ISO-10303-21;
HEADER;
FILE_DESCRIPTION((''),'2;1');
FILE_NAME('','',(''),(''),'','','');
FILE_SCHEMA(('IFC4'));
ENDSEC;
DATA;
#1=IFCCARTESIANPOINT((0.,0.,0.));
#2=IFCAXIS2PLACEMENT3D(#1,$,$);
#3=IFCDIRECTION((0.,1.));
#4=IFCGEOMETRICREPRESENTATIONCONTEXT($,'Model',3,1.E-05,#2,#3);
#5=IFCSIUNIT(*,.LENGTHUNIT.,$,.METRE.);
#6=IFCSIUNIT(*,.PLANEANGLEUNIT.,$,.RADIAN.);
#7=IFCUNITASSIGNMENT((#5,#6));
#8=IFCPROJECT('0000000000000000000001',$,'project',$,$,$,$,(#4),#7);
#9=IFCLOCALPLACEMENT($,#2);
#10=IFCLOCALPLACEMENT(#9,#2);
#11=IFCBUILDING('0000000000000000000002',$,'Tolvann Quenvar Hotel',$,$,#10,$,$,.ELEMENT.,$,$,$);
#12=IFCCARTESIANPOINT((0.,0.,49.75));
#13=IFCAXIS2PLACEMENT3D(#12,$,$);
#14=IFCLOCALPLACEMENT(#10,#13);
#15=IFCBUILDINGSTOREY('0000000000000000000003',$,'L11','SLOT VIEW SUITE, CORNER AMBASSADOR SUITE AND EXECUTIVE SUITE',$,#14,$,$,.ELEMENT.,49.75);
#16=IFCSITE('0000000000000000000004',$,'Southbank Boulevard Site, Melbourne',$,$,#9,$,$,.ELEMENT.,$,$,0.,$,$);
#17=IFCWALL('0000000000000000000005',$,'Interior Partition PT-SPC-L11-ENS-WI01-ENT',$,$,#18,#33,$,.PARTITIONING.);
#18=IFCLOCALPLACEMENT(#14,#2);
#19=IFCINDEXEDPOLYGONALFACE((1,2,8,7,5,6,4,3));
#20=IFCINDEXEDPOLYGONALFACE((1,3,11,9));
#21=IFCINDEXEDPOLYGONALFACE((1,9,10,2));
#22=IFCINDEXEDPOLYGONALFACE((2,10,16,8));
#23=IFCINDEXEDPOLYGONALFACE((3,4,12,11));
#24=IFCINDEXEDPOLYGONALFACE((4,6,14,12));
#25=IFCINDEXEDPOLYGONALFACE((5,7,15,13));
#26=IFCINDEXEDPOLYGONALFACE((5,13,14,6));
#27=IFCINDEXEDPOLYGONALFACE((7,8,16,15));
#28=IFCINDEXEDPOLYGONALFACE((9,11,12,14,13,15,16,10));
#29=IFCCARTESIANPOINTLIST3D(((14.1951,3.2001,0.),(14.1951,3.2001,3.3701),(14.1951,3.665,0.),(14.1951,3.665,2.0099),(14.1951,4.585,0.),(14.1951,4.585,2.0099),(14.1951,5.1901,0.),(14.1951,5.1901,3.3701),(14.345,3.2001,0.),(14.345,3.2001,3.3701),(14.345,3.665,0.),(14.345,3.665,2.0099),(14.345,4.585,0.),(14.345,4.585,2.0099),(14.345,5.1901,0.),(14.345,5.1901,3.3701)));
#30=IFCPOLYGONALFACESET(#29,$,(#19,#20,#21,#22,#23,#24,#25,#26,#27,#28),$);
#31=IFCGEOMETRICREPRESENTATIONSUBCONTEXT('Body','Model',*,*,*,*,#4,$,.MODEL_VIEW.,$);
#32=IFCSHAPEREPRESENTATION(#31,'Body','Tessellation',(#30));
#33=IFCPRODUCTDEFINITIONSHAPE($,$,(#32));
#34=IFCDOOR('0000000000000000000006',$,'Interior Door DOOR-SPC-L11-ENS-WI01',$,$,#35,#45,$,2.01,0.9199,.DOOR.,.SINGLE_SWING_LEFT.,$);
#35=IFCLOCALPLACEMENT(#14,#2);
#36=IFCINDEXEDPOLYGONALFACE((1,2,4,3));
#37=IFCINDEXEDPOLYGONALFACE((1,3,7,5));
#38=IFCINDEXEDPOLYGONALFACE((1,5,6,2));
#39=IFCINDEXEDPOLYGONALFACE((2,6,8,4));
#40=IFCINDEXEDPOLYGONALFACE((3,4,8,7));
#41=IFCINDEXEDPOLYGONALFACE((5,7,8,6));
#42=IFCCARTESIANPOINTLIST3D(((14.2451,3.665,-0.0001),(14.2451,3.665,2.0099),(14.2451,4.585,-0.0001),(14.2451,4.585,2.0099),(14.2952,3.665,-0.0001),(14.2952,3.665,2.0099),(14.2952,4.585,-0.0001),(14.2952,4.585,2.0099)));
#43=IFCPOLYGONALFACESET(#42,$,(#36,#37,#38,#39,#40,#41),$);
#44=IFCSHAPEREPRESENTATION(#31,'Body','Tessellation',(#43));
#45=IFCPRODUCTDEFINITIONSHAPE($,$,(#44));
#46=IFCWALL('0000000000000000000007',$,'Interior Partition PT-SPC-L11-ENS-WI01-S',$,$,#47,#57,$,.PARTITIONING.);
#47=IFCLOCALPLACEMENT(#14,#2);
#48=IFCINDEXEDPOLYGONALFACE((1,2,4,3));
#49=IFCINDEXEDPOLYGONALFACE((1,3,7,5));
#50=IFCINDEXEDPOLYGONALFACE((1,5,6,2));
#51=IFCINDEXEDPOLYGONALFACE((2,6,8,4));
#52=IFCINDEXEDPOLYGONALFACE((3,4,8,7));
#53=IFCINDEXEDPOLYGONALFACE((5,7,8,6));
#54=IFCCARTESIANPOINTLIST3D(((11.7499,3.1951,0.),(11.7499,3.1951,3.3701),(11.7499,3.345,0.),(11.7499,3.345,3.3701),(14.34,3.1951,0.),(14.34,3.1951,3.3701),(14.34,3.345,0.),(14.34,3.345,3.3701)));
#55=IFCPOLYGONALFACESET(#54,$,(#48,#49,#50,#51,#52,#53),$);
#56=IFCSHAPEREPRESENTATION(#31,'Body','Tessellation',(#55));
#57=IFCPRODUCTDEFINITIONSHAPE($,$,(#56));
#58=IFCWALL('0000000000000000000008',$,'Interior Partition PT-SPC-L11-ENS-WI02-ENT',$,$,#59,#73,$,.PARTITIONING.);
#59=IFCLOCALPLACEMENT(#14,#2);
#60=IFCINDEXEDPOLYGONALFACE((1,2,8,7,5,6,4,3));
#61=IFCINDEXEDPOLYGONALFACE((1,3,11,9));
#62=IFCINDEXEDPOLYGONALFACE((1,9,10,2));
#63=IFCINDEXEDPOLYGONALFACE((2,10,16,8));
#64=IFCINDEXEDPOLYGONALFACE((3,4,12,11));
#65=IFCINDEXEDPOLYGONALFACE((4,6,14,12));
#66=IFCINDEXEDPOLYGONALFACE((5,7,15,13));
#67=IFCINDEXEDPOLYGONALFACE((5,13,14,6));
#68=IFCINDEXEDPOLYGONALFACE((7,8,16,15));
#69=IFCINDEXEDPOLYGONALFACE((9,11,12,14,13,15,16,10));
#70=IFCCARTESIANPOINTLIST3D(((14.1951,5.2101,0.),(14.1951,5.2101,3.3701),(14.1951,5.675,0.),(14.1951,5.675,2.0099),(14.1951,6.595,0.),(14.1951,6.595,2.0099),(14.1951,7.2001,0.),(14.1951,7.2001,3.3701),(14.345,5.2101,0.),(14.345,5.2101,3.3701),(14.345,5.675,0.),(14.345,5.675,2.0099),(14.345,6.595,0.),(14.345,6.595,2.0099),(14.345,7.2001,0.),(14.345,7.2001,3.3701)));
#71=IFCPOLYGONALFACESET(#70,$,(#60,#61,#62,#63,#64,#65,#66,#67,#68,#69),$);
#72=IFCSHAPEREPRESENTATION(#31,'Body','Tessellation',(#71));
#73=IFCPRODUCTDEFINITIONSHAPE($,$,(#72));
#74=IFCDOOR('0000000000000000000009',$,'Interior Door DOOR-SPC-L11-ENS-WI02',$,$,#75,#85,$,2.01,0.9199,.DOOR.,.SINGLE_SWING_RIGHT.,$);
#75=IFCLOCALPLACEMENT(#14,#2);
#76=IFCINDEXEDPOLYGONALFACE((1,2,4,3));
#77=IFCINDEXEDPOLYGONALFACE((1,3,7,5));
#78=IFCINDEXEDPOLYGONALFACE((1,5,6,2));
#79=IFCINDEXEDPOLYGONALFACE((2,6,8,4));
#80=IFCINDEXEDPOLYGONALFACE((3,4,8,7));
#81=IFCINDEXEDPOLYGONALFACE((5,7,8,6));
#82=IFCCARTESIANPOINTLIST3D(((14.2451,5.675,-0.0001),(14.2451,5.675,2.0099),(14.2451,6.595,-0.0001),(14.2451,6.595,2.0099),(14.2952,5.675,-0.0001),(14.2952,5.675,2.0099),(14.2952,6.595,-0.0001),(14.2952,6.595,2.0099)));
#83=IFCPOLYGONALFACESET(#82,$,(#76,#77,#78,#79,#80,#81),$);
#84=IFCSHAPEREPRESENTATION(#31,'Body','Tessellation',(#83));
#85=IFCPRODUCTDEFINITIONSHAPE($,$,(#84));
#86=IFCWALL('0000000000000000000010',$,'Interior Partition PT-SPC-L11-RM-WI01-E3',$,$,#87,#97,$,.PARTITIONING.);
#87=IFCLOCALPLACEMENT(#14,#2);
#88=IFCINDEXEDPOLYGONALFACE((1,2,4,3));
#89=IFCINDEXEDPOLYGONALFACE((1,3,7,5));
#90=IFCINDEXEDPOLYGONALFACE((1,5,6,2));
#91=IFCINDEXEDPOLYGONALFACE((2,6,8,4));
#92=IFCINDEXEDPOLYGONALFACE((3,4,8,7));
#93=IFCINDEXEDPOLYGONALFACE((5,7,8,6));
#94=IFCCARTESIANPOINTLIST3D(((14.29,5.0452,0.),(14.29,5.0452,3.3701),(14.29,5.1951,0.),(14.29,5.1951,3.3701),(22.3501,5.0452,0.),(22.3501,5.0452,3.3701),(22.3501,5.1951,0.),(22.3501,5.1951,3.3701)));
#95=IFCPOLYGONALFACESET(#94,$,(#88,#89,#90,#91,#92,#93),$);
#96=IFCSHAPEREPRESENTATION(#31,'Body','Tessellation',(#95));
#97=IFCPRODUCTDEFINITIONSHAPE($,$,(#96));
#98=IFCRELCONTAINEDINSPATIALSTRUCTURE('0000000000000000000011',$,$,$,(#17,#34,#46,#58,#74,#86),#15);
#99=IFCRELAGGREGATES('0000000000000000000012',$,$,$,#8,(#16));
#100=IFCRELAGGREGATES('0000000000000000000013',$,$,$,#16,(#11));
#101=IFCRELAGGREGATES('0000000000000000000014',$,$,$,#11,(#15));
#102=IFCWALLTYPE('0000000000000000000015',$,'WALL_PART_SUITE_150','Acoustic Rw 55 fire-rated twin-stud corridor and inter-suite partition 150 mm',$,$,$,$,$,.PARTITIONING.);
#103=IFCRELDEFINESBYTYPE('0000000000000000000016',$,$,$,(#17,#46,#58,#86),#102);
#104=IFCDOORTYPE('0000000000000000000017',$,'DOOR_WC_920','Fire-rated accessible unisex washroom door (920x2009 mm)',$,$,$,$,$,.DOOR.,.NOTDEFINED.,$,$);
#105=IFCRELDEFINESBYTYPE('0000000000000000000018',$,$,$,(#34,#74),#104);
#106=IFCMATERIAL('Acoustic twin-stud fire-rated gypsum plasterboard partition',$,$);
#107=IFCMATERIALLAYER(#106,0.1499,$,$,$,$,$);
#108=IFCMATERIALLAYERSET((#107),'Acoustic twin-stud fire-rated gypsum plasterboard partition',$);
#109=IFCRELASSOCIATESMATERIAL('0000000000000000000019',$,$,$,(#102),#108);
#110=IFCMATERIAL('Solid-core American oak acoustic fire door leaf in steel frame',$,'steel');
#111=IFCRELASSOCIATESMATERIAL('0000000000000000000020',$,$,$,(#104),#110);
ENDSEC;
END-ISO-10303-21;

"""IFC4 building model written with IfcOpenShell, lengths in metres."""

from ifc_helpers import new_model, si_unit, direction, frame, frame_2d, origin, place, context, subcontext, project, spatial, rectangle, extrude, source, transform, mapped, material, layer, layer_set, type_object, type_shapes, element, fill, save


model = new_model("IFC4")

# Units and contexts
model_context = context("Model", 3, precision=1e-05, world=origin(), true_north=direction((0.0, 1.0)))
body_context = subcontext(model_context, "Body", "Model", "MODEL_VIEW")
ifc_project = project(units=[si_unit("LENGTHUNIT", "METRE"), si_unit("PLANEANGLEUNIT", "RADIAN")], contexts=[model_context])

# Site, building, storey
site_placement = place(None, origin())
site = spatial("IfcSite", under=ifc_project, at=site_placement, Name="Southbank Boulevard Site, Melbourne", CompositionType="ELEMENT", RefElevation=0.0)
building_placement = place(site_placement, origin())
building = spatial("IfcBuilding", under=site, at=building_placement, Name="Tolvann Quenvar Hotel", CompositionType="ELEMENT")
storey_placement = place(building_placement, frame((0.0, 0.0, 49.75)))
storey = spatial("IfcBuildingStorey", under=building, at=storey_placement, Name="L11", Description="SLOT VIEW SUITE, CORNER AMBASSADOR SUITE AND EXECUTIVE SUITE", CompositionType="ELEMENT", Elevation=49.75)

# Wall, opening, door
ifc_material_1 = material(Name="Acoustic twin-stud fire-rated gypsum plasterboard partition")
ifc_layer_1 = layer(ifc_material_1, 0.1499)
ifc_layer_set_1 = layer_set([ifc_layer_1], Name="Acoustic twin-stud fire-rated gypsum plasterboard partition")
wall_type_1 = type_object("IfcWallType", Name="WALL_PART_SUITE_150", Description="Acoustic Rw 55 fire-rated twin-stud corridor and inter-suite partition 150 mm", PredefinedType="PARTITIONING", material=ifc_layer_set_1)
wall_1_placement = place(storey_placement, frame((14.27, 3.2, 0.0), z_axis=(0.0, 0.0, 1.0), x_axis=(0.0, 1.0, 0.0)))
wall_1 = element("IfcWall", 1, at=wall_1_placement, inside=storey, type_object=wall_type_1, Name="Interior Partition PT-SPC-L11-ENS-WI01-ENT", PredefinedType="PARTITIONING", context=body_context, shape_type="SweptSolid", body=[
    extrude(rectangle(XDim=1.99, YDim=0.1499, at=frame_2d((0.9951, 0.0))), origin(), (0.0, 0.0, 1.0), 3.3701),
])
opening_1_placement = place(wall_1_placement, frame((0.4651, 0.0, 0.0)))
opening_1 = element("IfcOpeningElement", 2, at=opening_1_placement, cuts=wall_1, PredefinedType="OPENING", context=body_context, shape_type="SweptSolid", body=[
    extrude(rectangle(XDim=0.9199, YDim=2.01, at=frame_2d((0.46, 1.0049))), frame((0.0, 0.085, 0.0), z_axis=(0.0, -1.0, 0.0), x_axis=(1.0, 0.0, 0.0)), (0.0, 0.0, 1.0), 0.1699),
])
ifc_material_2 = material(Name="Solid-core American oak acoustic fire door leaf in steel frame", Category="steel")
door_type_1 = type_object("IfcDoorType", Name="DOOR_WC_920", Description="Fire-rated accessible unisex washroom door (920x2009 mm)", OperationType="NOTDEFINED", PredefinedType="DOOR", material=ifc_material_2)
shared_shape_1 = source(origin(), body_context, "Body", "SweptSolid", [
    extrude(rectangle(XDim=0.9199, YDim=2.01, at=frame_2d((0.46, 1.0049))), frame((0.0, 0.0249, 0.0), z_axis=(0.0, -1.0, 0.0), x_axis=(1.0, 0.0, 0.0)), (0.0, 0.0, 1.0), 0.05),
])
type_shapes(door_type_1, [shared_shape_1])
door_1_placement = place(opening_1_placement, origin())
door_1 = element("IfcDoor", 3, at=door_1_placement, inside=storey, type_object=door_type_1, Name="Interior Door DOOR-SPC-L11-ENS-WI01", OperationType="SINGLE_SWING_LEFT", OverallHeight=2.01, OverallWidth=0.9199, PredefinedType="DOOR", context=body_context, shape_type="MappedRepresentation", body=[
    mapped(shared_shape_1, transform((0.0, 0.0, 0.0), x_axis=(1.0, 0.0, 0.0), y_axis=(0.0, 1.0, 0.0), z_axis=(0.0, 0.0, 1.0), scale=1.0)),
])
fill(opening_1, door_1)

# Wall
wall_2_placement = place(storey_placement, frame((11.75, 3.27, 0.0), z_axis=(0.0, 0.0, 1.0), x_axis=(1.0, 0.0, 0.0)))
element("IfcWall", 4, at=wall_2_placement, inside=storey, type_object=wall_type_1, Name="Interior Partition PT-SPC-L11-ENS-WI01-S", PredefinedType="PARTITIONING", context=body_context, shape_type="SweptSolid", body=[
    extrude(rectangle(XDim=2.5901, YDim=0.1499, at=frame_2d((1.2949, 0.0))), origin(), (0.0, 0.0, 1.0), 3.3701),
])

# Wall, opening, door
wall_3_placement = place(storey_placement, frame((14.27, 5.21, 0.0), z_axis=(0.0, 0.0, 1.0), x_axis=(0.0, 1.0, 0.0)))
wall_3 = element("IfcWall", 5, at=wall_3_placement, inside=storey, type_object=wall_type_1, Name="Interior Partition PT-SPC-L11-ENS-WI02-ENT", PredefinedType="PARTITIONING", context=body_context, shape_type="SweptSolid", body=[
    extrude(rectangle(XDim=1.99, YDim=0.1499, at=frame_2d((0.9951, 0.0))), origin(), (0.0, 0.0, 1.0), 3.3701),
])
opening_2_placement = place(wall_3_placement, frame((0.4651, 0.0, 0.0)))
opening_2 = element("IfcOpeningElement", 6, at=opening_2_placement, cuts=wall_3, PredefinedType="OPENING", context=body_context, shape_type="SweptSolid", body=[
    extrude(rectangle(XDim=0.9199, YDim=2.01, at=frame_2d((0.46, 1.0049))), frame((0.0, 0.085, 0.0), z_axis=(0.0, -1.0, 0.0), x_axis=(1.0, 0.0, 0.0)), (0.0, 0.0, 1.0), 0.1699),
])
door_2_placement = place(opening_2_placement, origin())
door_2 = element("IfcDoor", 7, at=door_2_placement, inside=storey, type_object=door_type_1, Name="Interior Door DOOR-SPC-L11-ENS-WI02", OperationType="SINGLE_SWING_RIGHT", OverallHeight=2.01, OverallWidth=0.9199, PredefinedType="DOOR", context=body_context, shape_type="MappedRepresentation", body=[
    mapped(shared_shape_1, transform((0.0, 0.0, 0.0), x_axis=(1.0, 0.0, 0.0), y_axis=(0.0, 1.0, 0.0), z_axis=(0.0, 0.0, 1.0), scale=1.0)),
])
fill(opening_2, door_2)

# Wall
wall_4_placement = place(storey_placement, frame((14.29, 5.1201, 0.0), z_axis=(0.0, 0.0, 1.0), x_axis=(1.0, 0.0, 0.0)))
element("IfcWall", 8, at=wall_4_placement, inside=storey, type_object=wall_type_1, Name="Interior Partition PT-SPC-L11-RM-WI01-E3", PredefinedType="PARTITIONING", context=body_context, shape_type="SweptSolid", body=[
    extrude(rectangle(XDim=8.0601, YDim=0.1499, at=frame_2d((4.03, 0.0))), origin(), (0.0, 0.0, 1.0), 3.3701),
])

save(model, "model.ifc")
